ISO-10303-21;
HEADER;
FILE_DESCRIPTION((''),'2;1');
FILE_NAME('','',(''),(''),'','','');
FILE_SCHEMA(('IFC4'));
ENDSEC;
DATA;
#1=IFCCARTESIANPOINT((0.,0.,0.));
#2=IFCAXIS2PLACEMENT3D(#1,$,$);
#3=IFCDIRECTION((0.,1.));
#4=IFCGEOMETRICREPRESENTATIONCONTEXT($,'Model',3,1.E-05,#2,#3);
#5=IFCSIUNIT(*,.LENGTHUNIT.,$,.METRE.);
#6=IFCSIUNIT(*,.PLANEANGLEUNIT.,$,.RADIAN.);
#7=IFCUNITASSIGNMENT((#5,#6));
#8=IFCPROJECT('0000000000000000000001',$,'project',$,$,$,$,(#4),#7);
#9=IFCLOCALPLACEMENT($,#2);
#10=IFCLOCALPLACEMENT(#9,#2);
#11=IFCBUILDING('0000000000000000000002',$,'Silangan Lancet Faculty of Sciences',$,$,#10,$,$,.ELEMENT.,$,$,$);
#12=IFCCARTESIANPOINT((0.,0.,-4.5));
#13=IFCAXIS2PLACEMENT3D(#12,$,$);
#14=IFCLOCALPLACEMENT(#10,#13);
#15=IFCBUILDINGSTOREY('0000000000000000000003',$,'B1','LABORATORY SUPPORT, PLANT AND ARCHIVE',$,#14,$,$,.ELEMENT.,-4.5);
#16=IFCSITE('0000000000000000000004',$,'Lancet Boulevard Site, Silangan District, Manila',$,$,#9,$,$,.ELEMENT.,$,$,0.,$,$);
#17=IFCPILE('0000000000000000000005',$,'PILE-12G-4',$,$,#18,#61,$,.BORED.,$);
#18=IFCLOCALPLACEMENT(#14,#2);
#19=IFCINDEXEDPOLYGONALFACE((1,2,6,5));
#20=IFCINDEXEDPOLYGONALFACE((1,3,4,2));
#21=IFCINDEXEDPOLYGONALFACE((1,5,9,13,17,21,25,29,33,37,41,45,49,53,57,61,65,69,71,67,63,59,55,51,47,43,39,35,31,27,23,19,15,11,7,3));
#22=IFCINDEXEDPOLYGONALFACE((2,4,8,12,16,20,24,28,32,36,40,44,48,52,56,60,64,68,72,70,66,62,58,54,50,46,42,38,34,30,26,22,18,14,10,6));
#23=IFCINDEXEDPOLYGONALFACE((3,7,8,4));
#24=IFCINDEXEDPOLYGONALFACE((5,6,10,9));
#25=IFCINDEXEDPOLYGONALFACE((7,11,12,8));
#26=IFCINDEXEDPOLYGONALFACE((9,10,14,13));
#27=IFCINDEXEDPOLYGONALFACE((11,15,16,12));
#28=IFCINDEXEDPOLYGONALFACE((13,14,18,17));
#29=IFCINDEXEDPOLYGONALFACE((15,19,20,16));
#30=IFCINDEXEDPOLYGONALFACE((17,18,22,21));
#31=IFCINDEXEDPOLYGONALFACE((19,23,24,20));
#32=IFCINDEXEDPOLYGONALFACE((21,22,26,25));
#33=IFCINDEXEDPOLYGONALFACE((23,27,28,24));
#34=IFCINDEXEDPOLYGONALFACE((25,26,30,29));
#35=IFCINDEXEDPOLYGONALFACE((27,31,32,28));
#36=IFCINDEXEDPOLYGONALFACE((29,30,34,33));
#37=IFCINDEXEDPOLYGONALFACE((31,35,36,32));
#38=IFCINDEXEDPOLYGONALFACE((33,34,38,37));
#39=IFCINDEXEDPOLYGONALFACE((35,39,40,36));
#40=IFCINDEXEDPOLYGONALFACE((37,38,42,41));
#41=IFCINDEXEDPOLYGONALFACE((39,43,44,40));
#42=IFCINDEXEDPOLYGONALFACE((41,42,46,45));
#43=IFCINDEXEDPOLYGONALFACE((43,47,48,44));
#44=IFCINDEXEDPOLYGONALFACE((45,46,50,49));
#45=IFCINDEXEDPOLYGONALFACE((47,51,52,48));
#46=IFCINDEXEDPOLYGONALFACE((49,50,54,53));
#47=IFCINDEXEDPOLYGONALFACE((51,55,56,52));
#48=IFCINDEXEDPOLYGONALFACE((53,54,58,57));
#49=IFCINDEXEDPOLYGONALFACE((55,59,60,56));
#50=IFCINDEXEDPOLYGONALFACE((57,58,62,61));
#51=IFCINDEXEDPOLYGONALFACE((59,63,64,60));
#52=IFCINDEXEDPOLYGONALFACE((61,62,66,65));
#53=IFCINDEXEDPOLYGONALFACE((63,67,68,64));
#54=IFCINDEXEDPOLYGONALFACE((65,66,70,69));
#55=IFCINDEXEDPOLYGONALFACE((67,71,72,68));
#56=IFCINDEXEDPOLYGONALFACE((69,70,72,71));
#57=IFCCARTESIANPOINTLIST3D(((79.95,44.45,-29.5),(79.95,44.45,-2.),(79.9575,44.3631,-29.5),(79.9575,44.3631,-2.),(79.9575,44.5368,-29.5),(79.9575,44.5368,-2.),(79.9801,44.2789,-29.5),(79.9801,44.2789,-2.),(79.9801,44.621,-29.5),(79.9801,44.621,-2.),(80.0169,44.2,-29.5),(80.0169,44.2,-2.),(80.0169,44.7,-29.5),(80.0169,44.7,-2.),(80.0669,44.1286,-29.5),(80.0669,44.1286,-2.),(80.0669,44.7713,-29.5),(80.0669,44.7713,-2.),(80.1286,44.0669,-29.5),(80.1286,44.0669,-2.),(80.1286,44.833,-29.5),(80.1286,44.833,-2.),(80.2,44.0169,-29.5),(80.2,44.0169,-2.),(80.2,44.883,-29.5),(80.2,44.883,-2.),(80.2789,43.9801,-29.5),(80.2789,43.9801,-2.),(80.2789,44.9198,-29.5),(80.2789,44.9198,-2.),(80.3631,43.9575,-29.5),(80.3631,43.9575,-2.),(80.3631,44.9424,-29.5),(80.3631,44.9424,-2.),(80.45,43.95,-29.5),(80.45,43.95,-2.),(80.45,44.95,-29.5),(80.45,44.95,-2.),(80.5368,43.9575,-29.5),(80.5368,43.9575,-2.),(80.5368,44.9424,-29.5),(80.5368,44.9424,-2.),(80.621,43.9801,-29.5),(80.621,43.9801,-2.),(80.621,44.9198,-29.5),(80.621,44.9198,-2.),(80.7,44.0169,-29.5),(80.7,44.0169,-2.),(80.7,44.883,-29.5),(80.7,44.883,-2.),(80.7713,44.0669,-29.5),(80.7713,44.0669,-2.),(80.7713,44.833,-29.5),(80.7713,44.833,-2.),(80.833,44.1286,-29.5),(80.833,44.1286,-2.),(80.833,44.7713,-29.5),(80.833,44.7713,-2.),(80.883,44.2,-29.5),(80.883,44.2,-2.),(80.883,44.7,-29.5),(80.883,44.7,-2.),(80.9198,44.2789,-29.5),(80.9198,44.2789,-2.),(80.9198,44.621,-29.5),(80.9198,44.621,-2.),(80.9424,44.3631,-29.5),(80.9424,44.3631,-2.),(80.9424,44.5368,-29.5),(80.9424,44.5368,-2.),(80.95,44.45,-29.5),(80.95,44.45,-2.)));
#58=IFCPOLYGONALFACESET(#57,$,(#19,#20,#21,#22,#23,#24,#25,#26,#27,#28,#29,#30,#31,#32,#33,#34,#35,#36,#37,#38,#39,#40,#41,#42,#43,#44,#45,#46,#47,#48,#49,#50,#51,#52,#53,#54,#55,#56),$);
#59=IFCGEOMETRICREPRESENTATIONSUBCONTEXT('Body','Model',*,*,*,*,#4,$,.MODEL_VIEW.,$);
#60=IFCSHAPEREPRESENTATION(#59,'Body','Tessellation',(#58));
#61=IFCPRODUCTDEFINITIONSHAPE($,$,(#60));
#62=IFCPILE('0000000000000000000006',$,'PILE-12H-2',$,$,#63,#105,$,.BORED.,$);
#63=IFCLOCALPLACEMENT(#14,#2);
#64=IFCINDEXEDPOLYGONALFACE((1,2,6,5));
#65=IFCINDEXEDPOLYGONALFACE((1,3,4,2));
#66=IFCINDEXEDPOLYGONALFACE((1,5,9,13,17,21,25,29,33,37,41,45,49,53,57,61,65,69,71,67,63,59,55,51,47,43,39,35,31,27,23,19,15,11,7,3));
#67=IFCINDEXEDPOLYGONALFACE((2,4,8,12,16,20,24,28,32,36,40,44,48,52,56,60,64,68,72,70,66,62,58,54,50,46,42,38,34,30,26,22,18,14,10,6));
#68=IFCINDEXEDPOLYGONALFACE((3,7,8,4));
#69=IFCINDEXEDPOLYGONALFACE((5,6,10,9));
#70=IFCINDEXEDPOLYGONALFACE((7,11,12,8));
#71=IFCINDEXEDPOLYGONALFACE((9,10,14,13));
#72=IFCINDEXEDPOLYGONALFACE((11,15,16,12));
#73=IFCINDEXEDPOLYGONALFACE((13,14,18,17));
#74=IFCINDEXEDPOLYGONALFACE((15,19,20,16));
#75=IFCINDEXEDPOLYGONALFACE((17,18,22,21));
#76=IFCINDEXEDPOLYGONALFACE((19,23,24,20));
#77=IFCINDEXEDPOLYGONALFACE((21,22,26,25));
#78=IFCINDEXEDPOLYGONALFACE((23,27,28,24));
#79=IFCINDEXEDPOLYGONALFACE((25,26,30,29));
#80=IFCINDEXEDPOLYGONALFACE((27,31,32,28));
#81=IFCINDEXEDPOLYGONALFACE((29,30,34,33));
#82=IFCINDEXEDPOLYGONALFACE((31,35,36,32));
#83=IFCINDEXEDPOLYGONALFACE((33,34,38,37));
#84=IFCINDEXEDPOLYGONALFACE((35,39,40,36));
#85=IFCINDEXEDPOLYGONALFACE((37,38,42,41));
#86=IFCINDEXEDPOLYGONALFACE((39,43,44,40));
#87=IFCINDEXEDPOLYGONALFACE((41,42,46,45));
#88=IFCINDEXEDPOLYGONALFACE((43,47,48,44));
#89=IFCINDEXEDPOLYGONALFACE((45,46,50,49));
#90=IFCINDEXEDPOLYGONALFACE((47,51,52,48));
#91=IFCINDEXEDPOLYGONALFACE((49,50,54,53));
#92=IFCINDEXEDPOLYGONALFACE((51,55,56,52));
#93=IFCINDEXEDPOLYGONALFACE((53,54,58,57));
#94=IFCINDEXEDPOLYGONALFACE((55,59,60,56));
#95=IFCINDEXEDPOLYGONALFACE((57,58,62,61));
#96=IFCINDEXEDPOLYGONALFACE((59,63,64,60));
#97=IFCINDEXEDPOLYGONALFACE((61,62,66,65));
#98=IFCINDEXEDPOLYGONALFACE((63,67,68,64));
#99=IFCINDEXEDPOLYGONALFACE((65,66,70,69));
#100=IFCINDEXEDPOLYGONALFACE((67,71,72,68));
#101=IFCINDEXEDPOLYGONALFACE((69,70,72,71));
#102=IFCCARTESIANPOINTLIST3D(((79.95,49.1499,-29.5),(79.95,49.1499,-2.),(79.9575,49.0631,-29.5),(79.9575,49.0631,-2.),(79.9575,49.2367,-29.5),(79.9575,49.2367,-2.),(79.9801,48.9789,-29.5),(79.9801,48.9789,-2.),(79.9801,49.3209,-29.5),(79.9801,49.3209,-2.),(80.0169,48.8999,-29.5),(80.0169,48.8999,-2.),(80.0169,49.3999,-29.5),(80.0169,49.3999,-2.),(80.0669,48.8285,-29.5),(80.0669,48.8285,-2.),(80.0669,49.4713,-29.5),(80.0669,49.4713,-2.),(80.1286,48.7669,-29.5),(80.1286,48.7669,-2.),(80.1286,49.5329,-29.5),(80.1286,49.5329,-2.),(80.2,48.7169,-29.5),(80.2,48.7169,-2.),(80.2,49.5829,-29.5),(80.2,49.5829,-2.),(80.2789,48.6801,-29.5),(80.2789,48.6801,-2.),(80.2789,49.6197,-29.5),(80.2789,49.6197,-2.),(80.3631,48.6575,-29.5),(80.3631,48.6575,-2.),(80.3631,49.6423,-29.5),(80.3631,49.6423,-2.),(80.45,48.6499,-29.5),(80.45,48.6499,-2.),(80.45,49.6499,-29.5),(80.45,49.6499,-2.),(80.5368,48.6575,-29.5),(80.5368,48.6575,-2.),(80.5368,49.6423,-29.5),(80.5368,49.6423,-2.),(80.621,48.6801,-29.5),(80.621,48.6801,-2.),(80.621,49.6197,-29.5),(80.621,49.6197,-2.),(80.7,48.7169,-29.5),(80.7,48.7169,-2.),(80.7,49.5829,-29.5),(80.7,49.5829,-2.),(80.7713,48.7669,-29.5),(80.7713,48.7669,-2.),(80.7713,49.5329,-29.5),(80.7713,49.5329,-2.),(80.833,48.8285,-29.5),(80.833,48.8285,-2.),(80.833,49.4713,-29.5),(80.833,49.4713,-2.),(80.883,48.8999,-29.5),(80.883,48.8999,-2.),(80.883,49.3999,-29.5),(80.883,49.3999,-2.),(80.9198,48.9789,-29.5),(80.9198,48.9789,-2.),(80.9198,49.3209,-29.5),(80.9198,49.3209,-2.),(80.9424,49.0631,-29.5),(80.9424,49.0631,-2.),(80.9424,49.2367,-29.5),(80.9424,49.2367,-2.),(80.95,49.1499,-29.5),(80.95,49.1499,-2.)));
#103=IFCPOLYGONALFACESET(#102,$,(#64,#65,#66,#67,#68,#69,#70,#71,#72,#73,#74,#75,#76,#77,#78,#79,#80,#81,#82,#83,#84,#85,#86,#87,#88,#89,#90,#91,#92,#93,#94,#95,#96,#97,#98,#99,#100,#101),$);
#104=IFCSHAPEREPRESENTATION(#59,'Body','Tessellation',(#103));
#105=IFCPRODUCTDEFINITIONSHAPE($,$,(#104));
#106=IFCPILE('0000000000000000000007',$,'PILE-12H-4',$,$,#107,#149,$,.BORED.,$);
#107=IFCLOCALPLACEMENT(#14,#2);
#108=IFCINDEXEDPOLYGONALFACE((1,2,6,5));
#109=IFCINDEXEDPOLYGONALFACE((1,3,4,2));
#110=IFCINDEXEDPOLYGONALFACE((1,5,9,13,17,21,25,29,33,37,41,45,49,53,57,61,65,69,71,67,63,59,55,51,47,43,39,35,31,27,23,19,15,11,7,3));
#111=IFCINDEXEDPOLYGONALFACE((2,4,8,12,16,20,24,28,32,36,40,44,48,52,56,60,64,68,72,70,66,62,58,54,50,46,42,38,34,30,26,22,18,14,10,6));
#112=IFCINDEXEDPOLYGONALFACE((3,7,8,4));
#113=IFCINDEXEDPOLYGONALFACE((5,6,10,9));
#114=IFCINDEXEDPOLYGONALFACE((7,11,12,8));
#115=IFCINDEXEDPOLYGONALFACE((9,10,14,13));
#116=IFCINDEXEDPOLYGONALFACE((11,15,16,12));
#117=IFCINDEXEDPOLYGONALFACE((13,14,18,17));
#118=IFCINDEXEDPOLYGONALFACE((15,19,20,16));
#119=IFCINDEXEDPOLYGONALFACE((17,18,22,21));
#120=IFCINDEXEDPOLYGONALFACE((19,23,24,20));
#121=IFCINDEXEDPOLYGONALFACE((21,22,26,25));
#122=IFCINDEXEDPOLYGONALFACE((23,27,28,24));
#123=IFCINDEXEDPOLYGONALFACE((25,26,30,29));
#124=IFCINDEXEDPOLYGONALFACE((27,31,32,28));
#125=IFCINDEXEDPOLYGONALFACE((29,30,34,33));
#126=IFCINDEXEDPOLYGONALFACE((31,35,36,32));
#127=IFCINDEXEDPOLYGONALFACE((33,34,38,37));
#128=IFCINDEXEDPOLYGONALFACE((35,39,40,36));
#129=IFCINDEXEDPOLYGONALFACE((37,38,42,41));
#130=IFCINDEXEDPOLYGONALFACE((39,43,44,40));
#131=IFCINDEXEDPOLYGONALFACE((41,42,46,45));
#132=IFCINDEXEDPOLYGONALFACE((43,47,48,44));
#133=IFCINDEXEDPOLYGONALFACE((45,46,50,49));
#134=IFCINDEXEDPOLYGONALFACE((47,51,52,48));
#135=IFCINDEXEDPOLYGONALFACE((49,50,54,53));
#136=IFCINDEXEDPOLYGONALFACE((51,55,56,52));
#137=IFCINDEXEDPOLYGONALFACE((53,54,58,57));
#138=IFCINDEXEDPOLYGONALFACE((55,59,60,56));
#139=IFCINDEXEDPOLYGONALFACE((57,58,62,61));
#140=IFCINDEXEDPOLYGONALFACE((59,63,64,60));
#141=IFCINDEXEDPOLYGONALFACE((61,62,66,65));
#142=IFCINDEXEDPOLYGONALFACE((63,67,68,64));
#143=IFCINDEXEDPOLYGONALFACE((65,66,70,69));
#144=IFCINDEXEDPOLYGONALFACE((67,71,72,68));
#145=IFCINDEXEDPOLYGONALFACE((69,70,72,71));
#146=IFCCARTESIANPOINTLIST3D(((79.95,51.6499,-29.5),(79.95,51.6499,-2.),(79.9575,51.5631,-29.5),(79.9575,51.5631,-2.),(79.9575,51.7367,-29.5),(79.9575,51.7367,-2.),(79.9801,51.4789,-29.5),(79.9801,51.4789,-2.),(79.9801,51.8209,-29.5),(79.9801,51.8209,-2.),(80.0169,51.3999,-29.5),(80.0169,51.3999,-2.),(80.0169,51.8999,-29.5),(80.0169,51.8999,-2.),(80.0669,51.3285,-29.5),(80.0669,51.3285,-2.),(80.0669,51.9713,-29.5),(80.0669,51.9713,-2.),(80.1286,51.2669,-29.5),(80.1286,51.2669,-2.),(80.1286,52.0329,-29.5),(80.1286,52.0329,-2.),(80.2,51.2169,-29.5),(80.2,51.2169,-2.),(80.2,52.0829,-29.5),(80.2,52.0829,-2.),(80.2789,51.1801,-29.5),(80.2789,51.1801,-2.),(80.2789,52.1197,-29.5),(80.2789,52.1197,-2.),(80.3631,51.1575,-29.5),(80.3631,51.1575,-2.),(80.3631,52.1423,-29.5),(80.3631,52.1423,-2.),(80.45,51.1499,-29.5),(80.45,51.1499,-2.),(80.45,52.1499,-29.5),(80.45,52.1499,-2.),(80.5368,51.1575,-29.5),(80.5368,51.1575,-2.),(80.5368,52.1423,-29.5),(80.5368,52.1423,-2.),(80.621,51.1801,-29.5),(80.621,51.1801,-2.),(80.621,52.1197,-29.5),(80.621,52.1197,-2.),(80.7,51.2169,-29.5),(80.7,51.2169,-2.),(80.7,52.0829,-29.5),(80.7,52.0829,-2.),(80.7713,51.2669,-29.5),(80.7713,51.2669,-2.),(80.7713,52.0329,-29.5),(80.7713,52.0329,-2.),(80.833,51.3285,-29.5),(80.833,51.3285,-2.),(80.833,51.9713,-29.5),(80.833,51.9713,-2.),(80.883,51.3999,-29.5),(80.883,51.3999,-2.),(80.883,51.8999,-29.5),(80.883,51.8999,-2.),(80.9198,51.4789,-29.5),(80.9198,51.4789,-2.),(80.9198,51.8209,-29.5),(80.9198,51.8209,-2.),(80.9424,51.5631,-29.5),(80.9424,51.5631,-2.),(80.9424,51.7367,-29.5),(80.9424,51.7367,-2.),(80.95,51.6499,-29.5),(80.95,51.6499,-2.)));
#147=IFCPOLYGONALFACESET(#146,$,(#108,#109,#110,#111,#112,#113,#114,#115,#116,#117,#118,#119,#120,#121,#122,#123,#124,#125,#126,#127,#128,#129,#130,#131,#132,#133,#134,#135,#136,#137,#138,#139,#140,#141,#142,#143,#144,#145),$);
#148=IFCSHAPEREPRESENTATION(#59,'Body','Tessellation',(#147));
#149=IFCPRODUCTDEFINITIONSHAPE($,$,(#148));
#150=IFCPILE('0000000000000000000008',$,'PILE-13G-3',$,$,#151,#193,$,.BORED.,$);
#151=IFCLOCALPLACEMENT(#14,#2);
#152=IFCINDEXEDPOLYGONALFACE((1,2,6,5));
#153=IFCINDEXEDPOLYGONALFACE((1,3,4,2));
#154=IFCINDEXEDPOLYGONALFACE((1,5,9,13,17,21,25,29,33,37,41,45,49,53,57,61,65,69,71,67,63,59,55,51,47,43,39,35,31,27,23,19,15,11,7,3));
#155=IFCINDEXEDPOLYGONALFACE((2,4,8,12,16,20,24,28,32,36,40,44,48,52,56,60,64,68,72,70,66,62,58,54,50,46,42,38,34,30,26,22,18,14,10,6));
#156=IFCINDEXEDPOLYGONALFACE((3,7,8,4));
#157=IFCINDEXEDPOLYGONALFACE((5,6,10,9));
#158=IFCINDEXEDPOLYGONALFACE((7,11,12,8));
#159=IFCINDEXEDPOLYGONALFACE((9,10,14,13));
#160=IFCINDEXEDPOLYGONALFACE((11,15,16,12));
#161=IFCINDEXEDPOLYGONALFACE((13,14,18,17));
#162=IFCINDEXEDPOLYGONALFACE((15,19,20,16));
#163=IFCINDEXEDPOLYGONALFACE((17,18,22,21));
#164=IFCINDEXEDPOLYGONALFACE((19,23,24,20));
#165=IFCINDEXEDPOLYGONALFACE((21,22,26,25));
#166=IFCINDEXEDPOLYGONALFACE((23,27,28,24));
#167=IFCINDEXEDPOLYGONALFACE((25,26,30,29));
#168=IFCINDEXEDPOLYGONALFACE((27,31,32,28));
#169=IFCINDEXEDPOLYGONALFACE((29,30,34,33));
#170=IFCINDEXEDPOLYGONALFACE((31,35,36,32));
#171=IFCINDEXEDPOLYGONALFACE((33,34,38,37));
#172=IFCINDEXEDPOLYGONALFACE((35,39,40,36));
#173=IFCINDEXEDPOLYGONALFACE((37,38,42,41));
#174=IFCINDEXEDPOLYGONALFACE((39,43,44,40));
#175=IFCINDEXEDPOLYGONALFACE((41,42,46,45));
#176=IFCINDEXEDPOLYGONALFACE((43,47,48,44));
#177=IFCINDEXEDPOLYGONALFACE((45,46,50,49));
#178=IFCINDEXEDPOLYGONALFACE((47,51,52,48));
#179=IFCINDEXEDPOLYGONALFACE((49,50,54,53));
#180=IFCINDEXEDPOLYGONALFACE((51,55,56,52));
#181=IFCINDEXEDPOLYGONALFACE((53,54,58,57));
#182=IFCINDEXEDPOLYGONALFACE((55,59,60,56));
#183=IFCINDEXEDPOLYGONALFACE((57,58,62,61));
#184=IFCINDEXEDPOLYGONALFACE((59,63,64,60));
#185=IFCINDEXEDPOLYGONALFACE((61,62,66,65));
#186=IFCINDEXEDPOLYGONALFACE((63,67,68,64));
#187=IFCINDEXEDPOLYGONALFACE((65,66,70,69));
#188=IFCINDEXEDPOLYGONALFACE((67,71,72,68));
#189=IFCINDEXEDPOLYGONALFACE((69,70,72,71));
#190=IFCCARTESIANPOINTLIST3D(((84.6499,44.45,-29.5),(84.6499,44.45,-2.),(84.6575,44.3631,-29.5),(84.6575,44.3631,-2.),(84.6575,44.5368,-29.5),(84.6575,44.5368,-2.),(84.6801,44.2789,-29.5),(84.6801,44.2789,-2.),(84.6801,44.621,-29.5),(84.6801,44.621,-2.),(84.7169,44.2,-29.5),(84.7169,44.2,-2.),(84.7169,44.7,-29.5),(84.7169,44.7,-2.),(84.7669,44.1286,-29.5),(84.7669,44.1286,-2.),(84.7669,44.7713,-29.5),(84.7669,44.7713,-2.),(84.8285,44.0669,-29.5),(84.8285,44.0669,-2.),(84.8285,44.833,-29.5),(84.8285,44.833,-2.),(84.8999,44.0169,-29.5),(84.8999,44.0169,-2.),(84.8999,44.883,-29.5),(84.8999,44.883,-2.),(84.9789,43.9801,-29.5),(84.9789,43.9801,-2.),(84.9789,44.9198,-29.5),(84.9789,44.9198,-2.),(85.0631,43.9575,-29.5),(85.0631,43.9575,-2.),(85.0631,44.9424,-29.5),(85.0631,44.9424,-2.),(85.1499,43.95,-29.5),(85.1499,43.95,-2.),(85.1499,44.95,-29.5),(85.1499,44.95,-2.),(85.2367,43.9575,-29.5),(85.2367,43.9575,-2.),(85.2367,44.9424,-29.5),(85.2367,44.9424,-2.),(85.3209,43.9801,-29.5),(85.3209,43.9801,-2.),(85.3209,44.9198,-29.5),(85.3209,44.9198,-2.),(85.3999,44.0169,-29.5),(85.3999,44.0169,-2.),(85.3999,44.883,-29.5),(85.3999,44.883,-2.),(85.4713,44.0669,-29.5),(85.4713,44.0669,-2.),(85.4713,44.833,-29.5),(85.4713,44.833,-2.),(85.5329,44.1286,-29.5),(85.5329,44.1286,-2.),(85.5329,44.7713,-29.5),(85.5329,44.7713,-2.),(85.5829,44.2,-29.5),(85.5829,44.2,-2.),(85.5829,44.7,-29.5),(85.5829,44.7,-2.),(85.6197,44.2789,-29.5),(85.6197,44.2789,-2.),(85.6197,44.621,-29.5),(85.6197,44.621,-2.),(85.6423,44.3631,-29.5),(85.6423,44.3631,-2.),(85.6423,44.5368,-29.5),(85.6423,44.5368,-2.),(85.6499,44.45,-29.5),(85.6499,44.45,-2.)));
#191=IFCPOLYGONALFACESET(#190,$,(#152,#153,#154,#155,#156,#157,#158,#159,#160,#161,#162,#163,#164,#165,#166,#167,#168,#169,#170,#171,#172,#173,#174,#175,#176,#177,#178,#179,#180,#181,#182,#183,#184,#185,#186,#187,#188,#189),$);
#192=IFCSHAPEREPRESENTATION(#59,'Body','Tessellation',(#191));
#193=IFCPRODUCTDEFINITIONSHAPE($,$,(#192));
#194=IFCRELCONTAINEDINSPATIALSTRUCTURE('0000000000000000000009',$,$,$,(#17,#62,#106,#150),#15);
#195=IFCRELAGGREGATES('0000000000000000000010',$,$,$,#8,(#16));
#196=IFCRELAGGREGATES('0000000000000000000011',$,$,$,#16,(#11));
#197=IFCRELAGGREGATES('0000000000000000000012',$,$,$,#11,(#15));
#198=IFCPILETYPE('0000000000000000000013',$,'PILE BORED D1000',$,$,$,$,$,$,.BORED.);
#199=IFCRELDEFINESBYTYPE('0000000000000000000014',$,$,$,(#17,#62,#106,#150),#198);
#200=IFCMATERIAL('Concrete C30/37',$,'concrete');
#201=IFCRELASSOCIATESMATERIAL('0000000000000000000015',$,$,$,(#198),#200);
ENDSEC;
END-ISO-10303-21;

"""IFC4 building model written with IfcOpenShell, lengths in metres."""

from ifc_helpers import new_model, si_unit, direction, frame, origin, origin_2d, place, context, subcontext, project, spatial, circle, extrude, material, material_profile, profile_set, type_object, element, save


model = new_model("IFC4")

# Units and contexts
model_context = context("Model", 3, precision=1e-05, world=origin(), true_north=direction((0.0, 1.0)))
body_context = subcontext(model_context, "Body", "Model", "MODEL_VIEW")
ifc_project = project(units=[si_unit("LENGTHUNIT", "METRE"), si_unit("PLANEANGLEUNIT", "RADIAN")], contexts=[model_context])

# Site, building, storey
site_placement = place(None, origin())
site = spatial("IfcSite", under=ifc_project, at=site_placement, Name="Lancet Boulevard Site, Silangan District, Manila", CompositionType="ELEMENT", RefElevation=0.0)
building_placement = place(site_placement, origin())
building = spatial("IfcBuilding", under=site, at=building_placement, Name="Silangan Lancet Faculty of Sciences", CompositionType="ELEMENT")
storey_placement = place(building_placement, frame((0.0, 0.0, -4.5)))
storey = spatial("IfcBuildingStorey", under=building, at=storey_placement, Name="B1", Description="LABORATORY SUPPORT, PLANT AND ARCHIVE", CompositionType="ELEMENT", Elevation=-4.5)

# Piles
ifc_material_1 = material(Name="Concrete C30/37", Category="concrete")
ifc_material_profile_1 = material_profile(ifc_material_1, circle(Radius=0.5, at=origin_2d()), Name="BORED PILE D1000")
ifc_profile_set_1 = profile_set([ifc_material_profile_1], Name="Concrete C30/37")
pile_type_1 = type_object("IfcPileType", Name="PILE BORED D1000", PredefinedType="BORED", material=ifc_profile_set_1)
for number, where, z_axis, x_axis, name in (
    (1, (80.45, 44.45, -2.0), (0.0, 0.0, -1.0), (1.0, 0.0, 0.0), "PILE-12G-4"),
    (2, (80.45, 49.1499, -2.0), (0.0, 0.0, -1.0), (1.0, 0.0, 0.0), "PILE-12H-2"),
    (3, (80.45, 51.6499, -2.0), (0.0, 0.0, -1.0), (1.0, 0.0, 0.0), "PILE-12H-4"),
    (4, (85.1499, 44.45, -2.0), (0.0, 0.0, -1.0), (1.0, 0.0, 0.0), "PILE-13G-3"),
):
    element("IfcPile", number, at=place(storey_placement, frame(where, z_axis=z_axis, x_axis=x_axis)), inside=storey, type_object=pile_type_1, Name=name, PredefinedType="BORED", context=body_context, shape_type="SweptSolid", body=[
        extrude(circle(Radius=0.5, at=origin_2d()), origin(), (0.0, 0.0, 1.0), 27.5),
    ])

save(model, "model.ifc")
